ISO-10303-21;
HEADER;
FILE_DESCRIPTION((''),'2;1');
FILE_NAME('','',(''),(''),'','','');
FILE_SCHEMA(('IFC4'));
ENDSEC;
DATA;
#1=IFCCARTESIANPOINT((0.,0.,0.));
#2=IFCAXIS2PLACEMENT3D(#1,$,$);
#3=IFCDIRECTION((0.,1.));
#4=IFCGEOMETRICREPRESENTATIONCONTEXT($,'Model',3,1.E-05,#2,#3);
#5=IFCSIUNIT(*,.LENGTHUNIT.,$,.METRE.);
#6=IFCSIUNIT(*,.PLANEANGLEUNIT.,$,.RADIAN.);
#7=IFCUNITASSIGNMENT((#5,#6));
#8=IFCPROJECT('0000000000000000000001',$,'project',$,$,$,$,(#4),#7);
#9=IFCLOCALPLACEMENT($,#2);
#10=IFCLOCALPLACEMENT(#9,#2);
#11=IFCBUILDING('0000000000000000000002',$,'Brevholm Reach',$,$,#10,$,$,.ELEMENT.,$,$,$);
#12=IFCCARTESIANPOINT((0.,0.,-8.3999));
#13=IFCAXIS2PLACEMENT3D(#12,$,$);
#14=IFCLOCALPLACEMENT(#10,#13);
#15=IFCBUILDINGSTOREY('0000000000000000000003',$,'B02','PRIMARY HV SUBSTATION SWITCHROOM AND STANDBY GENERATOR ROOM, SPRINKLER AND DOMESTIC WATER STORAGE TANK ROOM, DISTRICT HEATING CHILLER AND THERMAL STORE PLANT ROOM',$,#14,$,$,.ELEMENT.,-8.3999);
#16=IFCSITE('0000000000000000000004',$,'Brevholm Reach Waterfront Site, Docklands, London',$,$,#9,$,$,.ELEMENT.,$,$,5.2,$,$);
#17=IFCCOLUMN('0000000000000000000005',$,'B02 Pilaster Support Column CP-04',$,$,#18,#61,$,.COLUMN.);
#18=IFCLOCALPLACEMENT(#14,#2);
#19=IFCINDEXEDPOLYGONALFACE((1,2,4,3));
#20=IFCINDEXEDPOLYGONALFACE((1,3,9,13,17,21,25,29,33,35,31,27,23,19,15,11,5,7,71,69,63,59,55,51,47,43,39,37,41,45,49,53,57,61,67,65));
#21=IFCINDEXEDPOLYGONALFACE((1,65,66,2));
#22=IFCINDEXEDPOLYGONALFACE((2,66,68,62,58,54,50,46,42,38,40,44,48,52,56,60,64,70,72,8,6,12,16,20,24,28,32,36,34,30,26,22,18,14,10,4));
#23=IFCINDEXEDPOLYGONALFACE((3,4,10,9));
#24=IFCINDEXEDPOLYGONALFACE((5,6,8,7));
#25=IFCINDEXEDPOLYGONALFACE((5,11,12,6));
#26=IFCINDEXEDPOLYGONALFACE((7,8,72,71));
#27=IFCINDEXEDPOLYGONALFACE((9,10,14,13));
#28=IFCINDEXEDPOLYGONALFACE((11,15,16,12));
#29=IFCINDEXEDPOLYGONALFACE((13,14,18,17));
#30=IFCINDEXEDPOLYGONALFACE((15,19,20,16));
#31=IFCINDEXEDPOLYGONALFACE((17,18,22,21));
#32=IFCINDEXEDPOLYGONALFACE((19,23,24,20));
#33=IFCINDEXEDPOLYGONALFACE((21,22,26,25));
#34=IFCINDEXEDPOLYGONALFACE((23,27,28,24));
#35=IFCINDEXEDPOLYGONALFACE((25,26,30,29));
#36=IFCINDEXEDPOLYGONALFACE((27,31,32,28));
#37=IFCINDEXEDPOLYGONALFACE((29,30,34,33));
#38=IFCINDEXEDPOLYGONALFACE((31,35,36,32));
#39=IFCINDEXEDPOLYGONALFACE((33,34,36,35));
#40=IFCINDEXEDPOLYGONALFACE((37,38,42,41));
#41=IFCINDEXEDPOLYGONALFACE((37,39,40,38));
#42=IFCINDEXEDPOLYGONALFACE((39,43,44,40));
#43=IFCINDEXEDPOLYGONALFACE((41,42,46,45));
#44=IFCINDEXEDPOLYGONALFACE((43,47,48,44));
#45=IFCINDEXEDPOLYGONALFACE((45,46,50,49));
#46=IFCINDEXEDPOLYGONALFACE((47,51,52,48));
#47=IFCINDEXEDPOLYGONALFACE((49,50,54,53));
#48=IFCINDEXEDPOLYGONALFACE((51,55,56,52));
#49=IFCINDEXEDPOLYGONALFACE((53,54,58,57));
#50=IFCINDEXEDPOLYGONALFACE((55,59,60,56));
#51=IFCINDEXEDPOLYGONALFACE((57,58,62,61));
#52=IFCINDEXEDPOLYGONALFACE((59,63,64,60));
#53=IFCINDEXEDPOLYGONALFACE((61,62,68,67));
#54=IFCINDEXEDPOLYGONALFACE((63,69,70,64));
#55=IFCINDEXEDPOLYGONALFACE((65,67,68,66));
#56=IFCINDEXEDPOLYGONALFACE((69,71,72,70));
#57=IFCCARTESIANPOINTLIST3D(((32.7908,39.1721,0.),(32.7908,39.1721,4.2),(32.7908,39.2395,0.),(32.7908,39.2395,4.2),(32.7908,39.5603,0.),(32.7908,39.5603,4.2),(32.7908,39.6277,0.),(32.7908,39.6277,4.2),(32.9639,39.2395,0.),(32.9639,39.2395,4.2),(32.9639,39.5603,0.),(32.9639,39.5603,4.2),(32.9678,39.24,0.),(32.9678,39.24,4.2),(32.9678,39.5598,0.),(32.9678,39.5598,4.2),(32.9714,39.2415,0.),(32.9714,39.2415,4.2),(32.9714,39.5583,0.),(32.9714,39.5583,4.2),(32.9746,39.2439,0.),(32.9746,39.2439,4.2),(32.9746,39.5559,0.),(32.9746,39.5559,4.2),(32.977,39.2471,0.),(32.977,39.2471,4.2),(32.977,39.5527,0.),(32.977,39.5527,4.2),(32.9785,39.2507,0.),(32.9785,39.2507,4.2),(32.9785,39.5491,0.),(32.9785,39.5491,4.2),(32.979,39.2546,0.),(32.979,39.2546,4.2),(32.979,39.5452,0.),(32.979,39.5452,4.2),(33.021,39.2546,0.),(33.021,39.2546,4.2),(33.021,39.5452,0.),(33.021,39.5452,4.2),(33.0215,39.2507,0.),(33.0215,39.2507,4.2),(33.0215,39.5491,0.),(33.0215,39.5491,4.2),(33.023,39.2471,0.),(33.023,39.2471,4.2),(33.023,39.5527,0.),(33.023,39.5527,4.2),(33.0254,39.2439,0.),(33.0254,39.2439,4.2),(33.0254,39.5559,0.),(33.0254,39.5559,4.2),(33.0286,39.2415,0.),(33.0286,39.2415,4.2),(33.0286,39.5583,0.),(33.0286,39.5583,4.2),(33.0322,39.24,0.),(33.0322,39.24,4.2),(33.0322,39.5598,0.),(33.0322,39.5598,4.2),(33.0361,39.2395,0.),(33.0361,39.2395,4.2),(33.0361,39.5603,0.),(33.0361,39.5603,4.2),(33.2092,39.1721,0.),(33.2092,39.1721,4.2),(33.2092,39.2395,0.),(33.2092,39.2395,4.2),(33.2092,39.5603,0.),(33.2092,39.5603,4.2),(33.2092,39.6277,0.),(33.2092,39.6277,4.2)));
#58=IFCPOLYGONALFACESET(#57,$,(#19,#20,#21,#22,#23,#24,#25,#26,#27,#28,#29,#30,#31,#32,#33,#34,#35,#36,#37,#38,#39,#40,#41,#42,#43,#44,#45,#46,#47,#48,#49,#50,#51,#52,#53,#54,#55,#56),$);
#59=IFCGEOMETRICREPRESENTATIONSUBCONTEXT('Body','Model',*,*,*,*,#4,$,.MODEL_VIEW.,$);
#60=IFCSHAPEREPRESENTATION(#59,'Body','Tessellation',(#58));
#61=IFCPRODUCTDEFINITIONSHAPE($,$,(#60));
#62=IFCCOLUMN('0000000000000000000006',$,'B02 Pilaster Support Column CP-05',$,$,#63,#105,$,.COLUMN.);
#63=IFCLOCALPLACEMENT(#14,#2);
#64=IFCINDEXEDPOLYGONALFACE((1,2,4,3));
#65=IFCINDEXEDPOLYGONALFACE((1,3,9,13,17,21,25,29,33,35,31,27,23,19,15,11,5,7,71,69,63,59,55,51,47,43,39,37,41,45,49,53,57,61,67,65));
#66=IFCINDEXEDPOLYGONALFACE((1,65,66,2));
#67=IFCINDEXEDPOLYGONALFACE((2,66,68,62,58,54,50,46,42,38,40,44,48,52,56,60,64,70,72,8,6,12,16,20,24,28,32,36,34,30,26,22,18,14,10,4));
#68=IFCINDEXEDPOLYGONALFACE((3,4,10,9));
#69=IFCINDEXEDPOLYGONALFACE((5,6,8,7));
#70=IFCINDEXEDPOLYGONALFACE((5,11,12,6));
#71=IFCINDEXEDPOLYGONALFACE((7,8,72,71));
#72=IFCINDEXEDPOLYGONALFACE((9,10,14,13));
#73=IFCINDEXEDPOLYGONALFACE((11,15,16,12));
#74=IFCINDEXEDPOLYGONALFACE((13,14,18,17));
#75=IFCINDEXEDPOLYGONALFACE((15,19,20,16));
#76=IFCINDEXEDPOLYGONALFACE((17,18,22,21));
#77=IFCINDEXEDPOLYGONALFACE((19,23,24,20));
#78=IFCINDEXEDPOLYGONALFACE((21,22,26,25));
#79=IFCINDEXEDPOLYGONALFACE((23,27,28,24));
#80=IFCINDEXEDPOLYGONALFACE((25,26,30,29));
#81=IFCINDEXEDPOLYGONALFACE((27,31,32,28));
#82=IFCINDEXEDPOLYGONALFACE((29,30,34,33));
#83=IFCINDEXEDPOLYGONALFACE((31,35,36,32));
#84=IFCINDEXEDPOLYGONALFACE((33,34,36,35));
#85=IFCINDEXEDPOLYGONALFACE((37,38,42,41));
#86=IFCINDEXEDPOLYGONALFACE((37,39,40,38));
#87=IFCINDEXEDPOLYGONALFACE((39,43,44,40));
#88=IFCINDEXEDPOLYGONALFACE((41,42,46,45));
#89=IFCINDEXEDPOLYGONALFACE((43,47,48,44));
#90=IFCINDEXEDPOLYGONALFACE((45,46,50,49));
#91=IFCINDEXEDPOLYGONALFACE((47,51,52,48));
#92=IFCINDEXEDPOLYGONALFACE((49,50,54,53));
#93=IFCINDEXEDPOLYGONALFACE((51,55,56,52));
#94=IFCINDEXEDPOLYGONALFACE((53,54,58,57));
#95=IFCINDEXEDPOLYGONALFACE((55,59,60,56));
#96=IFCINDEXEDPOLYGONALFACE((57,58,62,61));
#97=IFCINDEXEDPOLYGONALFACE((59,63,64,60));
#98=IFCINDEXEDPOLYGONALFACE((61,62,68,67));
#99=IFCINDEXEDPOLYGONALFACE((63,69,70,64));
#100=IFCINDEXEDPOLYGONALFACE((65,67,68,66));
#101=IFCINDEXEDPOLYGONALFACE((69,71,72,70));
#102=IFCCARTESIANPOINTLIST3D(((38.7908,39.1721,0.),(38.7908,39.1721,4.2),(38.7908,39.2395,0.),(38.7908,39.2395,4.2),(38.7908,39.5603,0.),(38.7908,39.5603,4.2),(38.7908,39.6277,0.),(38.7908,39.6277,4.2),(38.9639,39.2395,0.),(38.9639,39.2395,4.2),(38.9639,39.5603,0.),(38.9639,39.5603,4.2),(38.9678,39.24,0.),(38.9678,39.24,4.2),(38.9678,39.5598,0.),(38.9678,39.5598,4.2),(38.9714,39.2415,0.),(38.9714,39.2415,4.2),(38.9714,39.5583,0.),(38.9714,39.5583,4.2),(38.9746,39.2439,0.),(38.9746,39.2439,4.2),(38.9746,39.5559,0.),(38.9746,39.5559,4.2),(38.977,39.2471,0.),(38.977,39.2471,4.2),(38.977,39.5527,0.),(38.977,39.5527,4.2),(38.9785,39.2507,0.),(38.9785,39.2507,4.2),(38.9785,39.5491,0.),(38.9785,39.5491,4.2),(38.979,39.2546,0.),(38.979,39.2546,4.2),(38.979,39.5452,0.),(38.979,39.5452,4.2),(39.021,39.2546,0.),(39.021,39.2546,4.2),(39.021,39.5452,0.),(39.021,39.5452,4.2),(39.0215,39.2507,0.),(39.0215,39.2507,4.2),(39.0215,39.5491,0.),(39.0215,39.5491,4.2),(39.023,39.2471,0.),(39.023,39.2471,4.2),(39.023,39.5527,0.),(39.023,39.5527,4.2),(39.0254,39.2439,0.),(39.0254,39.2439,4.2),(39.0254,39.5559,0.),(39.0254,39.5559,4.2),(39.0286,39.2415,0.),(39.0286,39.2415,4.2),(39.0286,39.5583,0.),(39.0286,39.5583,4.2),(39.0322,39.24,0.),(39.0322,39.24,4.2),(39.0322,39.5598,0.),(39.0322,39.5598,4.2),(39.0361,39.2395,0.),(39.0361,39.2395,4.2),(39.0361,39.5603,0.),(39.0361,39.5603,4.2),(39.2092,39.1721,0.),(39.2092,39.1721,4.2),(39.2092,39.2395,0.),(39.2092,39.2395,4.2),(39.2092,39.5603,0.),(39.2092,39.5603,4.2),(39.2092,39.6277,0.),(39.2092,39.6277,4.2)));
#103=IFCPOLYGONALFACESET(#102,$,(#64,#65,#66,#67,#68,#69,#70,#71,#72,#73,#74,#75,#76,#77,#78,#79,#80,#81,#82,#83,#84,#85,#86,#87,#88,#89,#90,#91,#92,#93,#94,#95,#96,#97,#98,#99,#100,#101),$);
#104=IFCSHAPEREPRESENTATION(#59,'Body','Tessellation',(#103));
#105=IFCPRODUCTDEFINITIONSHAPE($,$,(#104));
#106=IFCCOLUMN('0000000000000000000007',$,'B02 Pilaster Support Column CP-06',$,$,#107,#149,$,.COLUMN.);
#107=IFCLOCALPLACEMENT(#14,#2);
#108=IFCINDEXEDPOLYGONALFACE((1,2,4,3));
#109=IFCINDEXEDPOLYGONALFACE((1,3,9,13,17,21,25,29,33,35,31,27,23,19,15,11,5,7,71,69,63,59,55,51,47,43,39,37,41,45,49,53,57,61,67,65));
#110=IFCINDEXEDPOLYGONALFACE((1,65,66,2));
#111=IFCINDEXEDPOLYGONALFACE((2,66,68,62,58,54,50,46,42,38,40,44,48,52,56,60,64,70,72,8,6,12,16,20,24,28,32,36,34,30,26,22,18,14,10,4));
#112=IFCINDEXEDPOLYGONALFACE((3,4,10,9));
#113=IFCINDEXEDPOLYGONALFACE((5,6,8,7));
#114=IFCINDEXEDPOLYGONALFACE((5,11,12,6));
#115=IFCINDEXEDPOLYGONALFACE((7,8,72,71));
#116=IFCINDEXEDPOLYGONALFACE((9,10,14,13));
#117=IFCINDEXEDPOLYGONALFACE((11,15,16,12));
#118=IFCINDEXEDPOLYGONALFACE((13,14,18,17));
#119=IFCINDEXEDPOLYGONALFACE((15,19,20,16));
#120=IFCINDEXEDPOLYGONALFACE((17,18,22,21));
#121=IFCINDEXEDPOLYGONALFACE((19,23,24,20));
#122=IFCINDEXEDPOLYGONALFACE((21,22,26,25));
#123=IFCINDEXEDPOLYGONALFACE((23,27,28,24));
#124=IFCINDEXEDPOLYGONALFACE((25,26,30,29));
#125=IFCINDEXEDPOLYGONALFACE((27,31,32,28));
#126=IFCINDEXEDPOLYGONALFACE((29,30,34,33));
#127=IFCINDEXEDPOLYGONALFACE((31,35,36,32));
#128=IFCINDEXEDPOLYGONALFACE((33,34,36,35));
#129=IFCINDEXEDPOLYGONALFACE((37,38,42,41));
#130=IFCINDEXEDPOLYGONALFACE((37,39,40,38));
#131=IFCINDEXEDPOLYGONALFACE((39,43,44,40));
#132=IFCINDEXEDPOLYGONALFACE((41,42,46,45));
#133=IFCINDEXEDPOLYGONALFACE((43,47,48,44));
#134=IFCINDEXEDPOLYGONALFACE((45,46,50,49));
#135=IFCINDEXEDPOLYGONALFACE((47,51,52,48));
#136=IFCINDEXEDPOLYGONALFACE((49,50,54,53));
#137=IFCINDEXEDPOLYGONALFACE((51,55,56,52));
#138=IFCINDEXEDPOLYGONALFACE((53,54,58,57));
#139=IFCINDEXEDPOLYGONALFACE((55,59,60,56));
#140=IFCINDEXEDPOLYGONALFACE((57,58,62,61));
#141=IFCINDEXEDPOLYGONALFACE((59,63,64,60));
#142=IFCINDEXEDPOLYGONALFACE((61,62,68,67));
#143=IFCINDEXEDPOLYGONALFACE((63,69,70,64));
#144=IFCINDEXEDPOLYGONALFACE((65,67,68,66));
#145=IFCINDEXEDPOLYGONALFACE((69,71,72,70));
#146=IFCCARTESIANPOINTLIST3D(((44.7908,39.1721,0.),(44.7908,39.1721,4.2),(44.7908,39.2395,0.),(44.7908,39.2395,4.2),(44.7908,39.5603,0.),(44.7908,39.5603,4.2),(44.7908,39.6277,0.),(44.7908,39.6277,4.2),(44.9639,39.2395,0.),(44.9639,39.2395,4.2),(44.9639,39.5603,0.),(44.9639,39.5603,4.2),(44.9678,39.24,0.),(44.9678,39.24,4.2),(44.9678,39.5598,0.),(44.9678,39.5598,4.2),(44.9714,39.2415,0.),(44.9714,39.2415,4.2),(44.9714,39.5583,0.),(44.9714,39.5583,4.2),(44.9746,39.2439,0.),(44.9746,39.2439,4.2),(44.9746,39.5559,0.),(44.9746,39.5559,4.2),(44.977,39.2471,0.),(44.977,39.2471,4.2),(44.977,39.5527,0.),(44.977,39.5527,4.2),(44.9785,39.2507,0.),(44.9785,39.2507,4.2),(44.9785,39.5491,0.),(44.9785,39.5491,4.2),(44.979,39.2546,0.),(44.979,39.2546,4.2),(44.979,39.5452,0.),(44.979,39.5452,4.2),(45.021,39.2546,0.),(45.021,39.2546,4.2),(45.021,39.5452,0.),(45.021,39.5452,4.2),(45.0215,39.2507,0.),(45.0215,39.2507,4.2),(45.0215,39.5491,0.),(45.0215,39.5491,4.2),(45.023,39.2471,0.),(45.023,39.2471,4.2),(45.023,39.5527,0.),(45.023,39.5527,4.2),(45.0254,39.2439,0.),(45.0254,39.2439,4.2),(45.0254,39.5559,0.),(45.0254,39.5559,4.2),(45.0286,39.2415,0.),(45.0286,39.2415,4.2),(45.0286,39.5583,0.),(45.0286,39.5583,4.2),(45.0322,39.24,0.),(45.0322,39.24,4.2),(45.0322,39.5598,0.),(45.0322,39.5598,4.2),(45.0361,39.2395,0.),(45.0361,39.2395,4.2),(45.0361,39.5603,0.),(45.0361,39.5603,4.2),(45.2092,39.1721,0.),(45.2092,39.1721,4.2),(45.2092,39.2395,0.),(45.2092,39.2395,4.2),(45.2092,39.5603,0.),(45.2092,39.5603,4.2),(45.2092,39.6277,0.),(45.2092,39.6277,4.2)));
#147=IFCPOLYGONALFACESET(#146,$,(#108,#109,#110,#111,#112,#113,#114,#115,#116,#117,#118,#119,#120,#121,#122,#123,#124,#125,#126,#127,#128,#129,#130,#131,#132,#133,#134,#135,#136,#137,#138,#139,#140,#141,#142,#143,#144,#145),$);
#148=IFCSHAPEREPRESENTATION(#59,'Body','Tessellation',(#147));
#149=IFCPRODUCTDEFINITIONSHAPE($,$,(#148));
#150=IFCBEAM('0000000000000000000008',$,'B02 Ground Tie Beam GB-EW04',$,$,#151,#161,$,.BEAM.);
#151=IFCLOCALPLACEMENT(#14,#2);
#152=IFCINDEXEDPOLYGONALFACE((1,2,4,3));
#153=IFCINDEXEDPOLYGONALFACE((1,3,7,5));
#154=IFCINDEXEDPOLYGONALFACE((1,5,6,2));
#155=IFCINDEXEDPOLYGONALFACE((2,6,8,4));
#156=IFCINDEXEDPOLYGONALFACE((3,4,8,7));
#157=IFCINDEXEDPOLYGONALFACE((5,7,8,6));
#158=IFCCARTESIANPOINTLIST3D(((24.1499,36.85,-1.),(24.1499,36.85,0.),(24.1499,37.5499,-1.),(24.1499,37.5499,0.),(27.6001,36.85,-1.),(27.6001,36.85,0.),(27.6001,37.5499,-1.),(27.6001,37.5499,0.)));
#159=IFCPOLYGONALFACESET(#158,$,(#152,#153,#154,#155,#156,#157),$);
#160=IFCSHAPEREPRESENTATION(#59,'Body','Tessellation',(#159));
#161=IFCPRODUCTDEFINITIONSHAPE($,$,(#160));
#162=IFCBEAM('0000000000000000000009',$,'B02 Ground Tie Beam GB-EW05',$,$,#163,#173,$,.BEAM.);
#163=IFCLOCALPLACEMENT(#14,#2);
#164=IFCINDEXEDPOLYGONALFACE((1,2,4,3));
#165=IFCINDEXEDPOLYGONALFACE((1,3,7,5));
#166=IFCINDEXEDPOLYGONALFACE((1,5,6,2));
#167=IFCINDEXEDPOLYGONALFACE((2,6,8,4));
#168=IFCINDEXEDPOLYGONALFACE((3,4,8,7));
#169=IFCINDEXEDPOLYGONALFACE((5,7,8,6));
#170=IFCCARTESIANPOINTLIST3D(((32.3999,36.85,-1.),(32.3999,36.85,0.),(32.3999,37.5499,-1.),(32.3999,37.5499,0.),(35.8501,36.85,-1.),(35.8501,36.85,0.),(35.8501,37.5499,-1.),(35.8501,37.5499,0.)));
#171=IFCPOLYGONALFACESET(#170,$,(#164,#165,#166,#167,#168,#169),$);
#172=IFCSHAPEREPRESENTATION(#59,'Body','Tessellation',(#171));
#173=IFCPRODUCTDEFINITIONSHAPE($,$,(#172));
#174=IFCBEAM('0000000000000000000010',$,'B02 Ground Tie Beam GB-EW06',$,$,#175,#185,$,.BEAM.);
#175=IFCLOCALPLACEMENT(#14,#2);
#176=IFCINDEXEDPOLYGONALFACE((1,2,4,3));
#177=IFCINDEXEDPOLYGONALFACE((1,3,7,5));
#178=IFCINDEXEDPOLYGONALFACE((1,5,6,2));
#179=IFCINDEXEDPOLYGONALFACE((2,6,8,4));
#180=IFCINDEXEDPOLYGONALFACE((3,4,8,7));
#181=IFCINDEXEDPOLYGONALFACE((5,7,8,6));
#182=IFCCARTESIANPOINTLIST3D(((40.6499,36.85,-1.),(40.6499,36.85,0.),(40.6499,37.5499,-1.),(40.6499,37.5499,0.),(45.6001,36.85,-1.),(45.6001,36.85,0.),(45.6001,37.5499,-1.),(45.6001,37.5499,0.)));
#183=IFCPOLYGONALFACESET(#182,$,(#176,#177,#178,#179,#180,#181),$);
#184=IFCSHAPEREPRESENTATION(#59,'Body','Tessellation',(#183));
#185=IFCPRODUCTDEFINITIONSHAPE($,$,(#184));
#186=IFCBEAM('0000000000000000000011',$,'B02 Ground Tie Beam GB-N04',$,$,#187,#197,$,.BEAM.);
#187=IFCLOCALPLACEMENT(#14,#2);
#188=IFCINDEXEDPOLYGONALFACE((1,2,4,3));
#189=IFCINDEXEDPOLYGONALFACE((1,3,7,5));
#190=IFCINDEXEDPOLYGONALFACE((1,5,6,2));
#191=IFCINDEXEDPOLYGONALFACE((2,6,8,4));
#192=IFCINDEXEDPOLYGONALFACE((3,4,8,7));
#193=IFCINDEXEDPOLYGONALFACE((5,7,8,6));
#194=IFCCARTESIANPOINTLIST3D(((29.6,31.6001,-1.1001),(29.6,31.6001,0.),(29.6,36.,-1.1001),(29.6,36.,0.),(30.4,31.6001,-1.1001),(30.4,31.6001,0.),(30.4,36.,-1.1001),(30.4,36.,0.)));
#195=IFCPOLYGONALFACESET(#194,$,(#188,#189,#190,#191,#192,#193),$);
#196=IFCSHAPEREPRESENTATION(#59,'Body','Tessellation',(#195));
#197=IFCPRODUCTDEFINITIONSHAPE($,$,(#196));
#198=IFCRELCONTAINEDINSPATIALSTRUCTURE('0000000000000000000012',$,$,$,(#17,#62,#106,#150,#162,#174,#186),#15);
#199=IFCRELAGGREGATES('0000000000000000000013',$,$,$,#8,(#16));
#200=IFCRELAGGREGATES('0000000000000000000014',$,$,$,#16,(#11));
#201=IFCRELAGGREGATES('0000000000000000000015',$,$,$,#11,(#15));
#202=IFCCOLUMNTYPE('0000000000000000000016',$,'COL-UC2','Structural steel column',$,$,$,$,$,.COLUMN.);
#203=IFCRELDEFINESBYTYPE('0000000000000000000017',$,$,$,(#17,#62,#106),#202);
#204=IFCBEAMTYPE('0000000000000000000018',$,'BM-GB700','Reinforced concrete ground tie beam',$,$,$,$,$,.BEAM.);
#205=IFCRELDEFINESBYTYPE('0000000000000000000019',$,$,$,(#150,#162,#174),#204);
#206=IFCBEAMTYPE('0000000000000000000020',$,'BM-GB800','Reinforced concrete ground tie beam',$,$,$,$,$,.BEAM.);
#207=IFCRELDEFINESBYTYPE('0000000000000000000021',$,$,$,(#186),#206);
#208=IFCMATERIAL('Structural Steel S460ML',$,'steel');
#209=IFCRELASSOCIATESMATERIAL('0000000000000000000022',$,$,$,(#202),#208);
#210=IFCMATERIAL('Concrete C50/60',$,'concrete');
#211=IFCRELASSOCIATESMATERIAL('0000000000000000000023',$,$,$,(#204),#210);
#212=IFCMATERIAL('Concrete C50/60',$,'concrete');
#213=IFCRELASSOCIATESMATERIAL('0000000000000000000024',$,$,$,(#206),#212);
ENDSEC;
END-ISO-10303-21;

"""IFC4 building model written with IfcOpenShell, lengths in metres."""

from ifc_helpers import new_model, si_unit, direction, frame, origin, origin_2d, place, context, subcontext, project, spatial, rectangle, i_section, extrude, material, material_profile, profile_set, type_object, element, save


model = new_model("IFC4")

# Units and contexts
model_context = context("Model", 3, precision=1e-05, world=origin(), true_north=direction((0.0, 1.0)))
body_context = subcontext(model_context, "Body", "Model", "MODEL_VIEW")
ifc_project = project(units=[si_unit("LENGTHUNIT", "METRE"), si_unit("PLANEANGLEUNIT", "RADIAN")], contexts=[model_context])

# Site, building, storey
site_placement = place(None, origin())
site = spatial("IfcSite", under=ifc_project, at=site_placement, Name="Brevholm Reach Waterfront Site, Docklands, London", CompositionType="ELEMENT", RefElevation=5.2)
building_placement = place(site_placement, origin())
building = spatial("IfcBuilding", under=site, at=building_placement, Name="Brevholm Reach", CompositionType="ELEMENT")
storey_placement = place(building_placement, frame((0.0, 0.0, -8.3999)))
storey = spatial("IfcBuildingStorey", under=building, at=storey_placement, Name="B02", Description="PRIMARY HV SUBSTATION SWITCHROOM AND STANDBY GENERATOR ROOM, SPRINKLER AND DOMESTIC WATER STORAGE TANK ROOM, DISTRICT HEATING CHILLER AND THERMAL STORE PLANT ROOM", CompositionType="ELEMENT", Elevation=-8.3999)

# Columns
ifc_material_1 = material(Name="Structural Steel S460ML", Category="steel")
ifc_material_profile_1 = material_profile(ifc_material_1, i_section(OverallWidth=0.4185, OverallDepth=0.4556, WebThickness=0.042, FlangeThickness=0.0674, FilletRadius=0.0151, at=origin_2d()), Name="UKC 356x406x551")
ifc_profile_set_1 = profile_set([ifc_material_profile_1], Name="Structural Steel S460ML")
column_type_1 = type_object("IfcColumnType", Name="COL-UC2", Description="Structural steel column", PredefinedType="COLUMN", material=ifc_profile_set_1)
for number, where, z_axis, x_axis, name in (
    (1, (33.0, 39.3999, 0.0), (0.0, 0.0, 1.0), (1.0, 0.0, 0.0), "B02 Pilaster Support Column CP-04"),
    (2, (39.0, 39.3999, 0.0), (0.0, 0.0, 1.0), (1.0, 0.0, 0.0), "B02 Pilaster Support Column CP-05"),
    (3, (45.0, 39.3999, 0.0), (0.0, 0.0, 1.0), (1.0, 0.0, 0.0), "B02 Pilaster Support Column CP-06"),
):
    element("IfcColumn", number, at=place(storey_placement, frame(where, z_axis=z_axis, x_axis=x_axis)), inside=storey, type_object=column_type_1, Name=name, PredefinedType="COLUMN", context=body_context, shape_type="SweptSolid", body=[
        extrude(i_section(OverallWidth=0.4185, OverallDepth=0.4556, WebThickness=0.042, FlangeThickness=0.0674, FilletRadius=0.0151, at=origin_2d()), origin(), (0.0, 0.0, 1.0), 4.2),
    ])

# Beams
ifc_material_2 = material(Name="Concrete C50/60", Category="concrete")
ifc_material_profile_2 = material_profile(ifc_material_2, rectangle(XDim=0.7, YDim=1.0, at=origin_2d()), Name="RC 700x1000")
ifc_profile_set_2 = profile_set([ifc_material_profile_2], Name="Concrete C50/60")
beam_type_1 = type_object("IfcBeamType", Name="BM-GB700", Description="Reinforced concrete ground tie beam", PredefinedType="BEAM", material=ifc_profile_set_2)
for number, where, z_axis, x_axis, name in (
    (4, (24.1499, 37.2, -0.5), (1.0, 0.0, 0.0), (0.0, 1.0, 0.0), "B02 Ground Tie Beam GB-EW04"),
    (5, (32.3999, 37.2, -0.5), (1.0, 0.0, 0.0), (0.0, 1.0, 0.0), "B02 Ground Tie Beam GB-EW05"),
):
    element("IfcBeam", number, at=place(storey_placement, frame(where, z_axis=z_axis, x_axis=x_axis)), inside=storey, type_object=beam_type_1, Name=name, PredefinedType="BEAM", context=body_context, shape_type="SweptSolid", body=[
        extrude(rectangle(XDim=0.7, YDim=1.0, at=origin_2d()), origin(), (0.0, 0.0, 1.0), 3.4502),
    ])
beam_placement = place(storey_placement, frame((40.6499, 37.2, -0.5), z_axis=(1.0, 0.0, 0.0), x_axis=(0.0, 1.0, 0.0)))
element("IfcBeam", 6, at=beam_placement, inside=storey, type_object=beam_type_1, Name="B02 Ground Tie Beam GB-EW06", PredefinedType="BEAM", context=body_context, shape_type="SweptSolid", body=[
    extrude(rectangle(XDim=0.7, YDim=1.0, at=origin_2d()), origin(), (0.0, 0.0, 1.0), 4.9502),
])
ifc_material_3 = material(Name="Concrete C50/60", Category="concrete")
ifc_material_profile_3 = material_profile(ifc_material_3, rectangle(XDim=0.8, YDim=1.1001, at=origin_2d()), Name="RC 800x1100")
ifc_profile_set_3 = profile_set([ifc_material_profile_3], Name="Concrete C50/60")
beam_type_2 = type_object("IfcBeamType", Name="BM-GB800", Description="Reinforced concrete ground tie beam", PredefinedType="BEAM", material=ifc_profile_set_3)
for number, where, z_axis, x_axis, name in (
    (7, (30.0, 31.6001, -0.55), (0.0, 1.0, 0.0), (-1.0, 0.0, 0.0), "B02 Ground Tie Beam GB-N04"),
):
    element("IfcBeam", number, at=place(storey_placement, frame(where, z_axis=z_axis, x_axis=x_axis)), inside=storey, type_object=beam_type_2, Name=name, PredefinedType="BEAM", context=body_context, shape_type="SweptSolid", body=[
        extrude(rectangle(XDim=0.8, YDim=1.1001, at=origin_2d()), origin(), (0.0, 0.0, 1.0), 4.3999),
    ])

save(model, "model.ifc")
